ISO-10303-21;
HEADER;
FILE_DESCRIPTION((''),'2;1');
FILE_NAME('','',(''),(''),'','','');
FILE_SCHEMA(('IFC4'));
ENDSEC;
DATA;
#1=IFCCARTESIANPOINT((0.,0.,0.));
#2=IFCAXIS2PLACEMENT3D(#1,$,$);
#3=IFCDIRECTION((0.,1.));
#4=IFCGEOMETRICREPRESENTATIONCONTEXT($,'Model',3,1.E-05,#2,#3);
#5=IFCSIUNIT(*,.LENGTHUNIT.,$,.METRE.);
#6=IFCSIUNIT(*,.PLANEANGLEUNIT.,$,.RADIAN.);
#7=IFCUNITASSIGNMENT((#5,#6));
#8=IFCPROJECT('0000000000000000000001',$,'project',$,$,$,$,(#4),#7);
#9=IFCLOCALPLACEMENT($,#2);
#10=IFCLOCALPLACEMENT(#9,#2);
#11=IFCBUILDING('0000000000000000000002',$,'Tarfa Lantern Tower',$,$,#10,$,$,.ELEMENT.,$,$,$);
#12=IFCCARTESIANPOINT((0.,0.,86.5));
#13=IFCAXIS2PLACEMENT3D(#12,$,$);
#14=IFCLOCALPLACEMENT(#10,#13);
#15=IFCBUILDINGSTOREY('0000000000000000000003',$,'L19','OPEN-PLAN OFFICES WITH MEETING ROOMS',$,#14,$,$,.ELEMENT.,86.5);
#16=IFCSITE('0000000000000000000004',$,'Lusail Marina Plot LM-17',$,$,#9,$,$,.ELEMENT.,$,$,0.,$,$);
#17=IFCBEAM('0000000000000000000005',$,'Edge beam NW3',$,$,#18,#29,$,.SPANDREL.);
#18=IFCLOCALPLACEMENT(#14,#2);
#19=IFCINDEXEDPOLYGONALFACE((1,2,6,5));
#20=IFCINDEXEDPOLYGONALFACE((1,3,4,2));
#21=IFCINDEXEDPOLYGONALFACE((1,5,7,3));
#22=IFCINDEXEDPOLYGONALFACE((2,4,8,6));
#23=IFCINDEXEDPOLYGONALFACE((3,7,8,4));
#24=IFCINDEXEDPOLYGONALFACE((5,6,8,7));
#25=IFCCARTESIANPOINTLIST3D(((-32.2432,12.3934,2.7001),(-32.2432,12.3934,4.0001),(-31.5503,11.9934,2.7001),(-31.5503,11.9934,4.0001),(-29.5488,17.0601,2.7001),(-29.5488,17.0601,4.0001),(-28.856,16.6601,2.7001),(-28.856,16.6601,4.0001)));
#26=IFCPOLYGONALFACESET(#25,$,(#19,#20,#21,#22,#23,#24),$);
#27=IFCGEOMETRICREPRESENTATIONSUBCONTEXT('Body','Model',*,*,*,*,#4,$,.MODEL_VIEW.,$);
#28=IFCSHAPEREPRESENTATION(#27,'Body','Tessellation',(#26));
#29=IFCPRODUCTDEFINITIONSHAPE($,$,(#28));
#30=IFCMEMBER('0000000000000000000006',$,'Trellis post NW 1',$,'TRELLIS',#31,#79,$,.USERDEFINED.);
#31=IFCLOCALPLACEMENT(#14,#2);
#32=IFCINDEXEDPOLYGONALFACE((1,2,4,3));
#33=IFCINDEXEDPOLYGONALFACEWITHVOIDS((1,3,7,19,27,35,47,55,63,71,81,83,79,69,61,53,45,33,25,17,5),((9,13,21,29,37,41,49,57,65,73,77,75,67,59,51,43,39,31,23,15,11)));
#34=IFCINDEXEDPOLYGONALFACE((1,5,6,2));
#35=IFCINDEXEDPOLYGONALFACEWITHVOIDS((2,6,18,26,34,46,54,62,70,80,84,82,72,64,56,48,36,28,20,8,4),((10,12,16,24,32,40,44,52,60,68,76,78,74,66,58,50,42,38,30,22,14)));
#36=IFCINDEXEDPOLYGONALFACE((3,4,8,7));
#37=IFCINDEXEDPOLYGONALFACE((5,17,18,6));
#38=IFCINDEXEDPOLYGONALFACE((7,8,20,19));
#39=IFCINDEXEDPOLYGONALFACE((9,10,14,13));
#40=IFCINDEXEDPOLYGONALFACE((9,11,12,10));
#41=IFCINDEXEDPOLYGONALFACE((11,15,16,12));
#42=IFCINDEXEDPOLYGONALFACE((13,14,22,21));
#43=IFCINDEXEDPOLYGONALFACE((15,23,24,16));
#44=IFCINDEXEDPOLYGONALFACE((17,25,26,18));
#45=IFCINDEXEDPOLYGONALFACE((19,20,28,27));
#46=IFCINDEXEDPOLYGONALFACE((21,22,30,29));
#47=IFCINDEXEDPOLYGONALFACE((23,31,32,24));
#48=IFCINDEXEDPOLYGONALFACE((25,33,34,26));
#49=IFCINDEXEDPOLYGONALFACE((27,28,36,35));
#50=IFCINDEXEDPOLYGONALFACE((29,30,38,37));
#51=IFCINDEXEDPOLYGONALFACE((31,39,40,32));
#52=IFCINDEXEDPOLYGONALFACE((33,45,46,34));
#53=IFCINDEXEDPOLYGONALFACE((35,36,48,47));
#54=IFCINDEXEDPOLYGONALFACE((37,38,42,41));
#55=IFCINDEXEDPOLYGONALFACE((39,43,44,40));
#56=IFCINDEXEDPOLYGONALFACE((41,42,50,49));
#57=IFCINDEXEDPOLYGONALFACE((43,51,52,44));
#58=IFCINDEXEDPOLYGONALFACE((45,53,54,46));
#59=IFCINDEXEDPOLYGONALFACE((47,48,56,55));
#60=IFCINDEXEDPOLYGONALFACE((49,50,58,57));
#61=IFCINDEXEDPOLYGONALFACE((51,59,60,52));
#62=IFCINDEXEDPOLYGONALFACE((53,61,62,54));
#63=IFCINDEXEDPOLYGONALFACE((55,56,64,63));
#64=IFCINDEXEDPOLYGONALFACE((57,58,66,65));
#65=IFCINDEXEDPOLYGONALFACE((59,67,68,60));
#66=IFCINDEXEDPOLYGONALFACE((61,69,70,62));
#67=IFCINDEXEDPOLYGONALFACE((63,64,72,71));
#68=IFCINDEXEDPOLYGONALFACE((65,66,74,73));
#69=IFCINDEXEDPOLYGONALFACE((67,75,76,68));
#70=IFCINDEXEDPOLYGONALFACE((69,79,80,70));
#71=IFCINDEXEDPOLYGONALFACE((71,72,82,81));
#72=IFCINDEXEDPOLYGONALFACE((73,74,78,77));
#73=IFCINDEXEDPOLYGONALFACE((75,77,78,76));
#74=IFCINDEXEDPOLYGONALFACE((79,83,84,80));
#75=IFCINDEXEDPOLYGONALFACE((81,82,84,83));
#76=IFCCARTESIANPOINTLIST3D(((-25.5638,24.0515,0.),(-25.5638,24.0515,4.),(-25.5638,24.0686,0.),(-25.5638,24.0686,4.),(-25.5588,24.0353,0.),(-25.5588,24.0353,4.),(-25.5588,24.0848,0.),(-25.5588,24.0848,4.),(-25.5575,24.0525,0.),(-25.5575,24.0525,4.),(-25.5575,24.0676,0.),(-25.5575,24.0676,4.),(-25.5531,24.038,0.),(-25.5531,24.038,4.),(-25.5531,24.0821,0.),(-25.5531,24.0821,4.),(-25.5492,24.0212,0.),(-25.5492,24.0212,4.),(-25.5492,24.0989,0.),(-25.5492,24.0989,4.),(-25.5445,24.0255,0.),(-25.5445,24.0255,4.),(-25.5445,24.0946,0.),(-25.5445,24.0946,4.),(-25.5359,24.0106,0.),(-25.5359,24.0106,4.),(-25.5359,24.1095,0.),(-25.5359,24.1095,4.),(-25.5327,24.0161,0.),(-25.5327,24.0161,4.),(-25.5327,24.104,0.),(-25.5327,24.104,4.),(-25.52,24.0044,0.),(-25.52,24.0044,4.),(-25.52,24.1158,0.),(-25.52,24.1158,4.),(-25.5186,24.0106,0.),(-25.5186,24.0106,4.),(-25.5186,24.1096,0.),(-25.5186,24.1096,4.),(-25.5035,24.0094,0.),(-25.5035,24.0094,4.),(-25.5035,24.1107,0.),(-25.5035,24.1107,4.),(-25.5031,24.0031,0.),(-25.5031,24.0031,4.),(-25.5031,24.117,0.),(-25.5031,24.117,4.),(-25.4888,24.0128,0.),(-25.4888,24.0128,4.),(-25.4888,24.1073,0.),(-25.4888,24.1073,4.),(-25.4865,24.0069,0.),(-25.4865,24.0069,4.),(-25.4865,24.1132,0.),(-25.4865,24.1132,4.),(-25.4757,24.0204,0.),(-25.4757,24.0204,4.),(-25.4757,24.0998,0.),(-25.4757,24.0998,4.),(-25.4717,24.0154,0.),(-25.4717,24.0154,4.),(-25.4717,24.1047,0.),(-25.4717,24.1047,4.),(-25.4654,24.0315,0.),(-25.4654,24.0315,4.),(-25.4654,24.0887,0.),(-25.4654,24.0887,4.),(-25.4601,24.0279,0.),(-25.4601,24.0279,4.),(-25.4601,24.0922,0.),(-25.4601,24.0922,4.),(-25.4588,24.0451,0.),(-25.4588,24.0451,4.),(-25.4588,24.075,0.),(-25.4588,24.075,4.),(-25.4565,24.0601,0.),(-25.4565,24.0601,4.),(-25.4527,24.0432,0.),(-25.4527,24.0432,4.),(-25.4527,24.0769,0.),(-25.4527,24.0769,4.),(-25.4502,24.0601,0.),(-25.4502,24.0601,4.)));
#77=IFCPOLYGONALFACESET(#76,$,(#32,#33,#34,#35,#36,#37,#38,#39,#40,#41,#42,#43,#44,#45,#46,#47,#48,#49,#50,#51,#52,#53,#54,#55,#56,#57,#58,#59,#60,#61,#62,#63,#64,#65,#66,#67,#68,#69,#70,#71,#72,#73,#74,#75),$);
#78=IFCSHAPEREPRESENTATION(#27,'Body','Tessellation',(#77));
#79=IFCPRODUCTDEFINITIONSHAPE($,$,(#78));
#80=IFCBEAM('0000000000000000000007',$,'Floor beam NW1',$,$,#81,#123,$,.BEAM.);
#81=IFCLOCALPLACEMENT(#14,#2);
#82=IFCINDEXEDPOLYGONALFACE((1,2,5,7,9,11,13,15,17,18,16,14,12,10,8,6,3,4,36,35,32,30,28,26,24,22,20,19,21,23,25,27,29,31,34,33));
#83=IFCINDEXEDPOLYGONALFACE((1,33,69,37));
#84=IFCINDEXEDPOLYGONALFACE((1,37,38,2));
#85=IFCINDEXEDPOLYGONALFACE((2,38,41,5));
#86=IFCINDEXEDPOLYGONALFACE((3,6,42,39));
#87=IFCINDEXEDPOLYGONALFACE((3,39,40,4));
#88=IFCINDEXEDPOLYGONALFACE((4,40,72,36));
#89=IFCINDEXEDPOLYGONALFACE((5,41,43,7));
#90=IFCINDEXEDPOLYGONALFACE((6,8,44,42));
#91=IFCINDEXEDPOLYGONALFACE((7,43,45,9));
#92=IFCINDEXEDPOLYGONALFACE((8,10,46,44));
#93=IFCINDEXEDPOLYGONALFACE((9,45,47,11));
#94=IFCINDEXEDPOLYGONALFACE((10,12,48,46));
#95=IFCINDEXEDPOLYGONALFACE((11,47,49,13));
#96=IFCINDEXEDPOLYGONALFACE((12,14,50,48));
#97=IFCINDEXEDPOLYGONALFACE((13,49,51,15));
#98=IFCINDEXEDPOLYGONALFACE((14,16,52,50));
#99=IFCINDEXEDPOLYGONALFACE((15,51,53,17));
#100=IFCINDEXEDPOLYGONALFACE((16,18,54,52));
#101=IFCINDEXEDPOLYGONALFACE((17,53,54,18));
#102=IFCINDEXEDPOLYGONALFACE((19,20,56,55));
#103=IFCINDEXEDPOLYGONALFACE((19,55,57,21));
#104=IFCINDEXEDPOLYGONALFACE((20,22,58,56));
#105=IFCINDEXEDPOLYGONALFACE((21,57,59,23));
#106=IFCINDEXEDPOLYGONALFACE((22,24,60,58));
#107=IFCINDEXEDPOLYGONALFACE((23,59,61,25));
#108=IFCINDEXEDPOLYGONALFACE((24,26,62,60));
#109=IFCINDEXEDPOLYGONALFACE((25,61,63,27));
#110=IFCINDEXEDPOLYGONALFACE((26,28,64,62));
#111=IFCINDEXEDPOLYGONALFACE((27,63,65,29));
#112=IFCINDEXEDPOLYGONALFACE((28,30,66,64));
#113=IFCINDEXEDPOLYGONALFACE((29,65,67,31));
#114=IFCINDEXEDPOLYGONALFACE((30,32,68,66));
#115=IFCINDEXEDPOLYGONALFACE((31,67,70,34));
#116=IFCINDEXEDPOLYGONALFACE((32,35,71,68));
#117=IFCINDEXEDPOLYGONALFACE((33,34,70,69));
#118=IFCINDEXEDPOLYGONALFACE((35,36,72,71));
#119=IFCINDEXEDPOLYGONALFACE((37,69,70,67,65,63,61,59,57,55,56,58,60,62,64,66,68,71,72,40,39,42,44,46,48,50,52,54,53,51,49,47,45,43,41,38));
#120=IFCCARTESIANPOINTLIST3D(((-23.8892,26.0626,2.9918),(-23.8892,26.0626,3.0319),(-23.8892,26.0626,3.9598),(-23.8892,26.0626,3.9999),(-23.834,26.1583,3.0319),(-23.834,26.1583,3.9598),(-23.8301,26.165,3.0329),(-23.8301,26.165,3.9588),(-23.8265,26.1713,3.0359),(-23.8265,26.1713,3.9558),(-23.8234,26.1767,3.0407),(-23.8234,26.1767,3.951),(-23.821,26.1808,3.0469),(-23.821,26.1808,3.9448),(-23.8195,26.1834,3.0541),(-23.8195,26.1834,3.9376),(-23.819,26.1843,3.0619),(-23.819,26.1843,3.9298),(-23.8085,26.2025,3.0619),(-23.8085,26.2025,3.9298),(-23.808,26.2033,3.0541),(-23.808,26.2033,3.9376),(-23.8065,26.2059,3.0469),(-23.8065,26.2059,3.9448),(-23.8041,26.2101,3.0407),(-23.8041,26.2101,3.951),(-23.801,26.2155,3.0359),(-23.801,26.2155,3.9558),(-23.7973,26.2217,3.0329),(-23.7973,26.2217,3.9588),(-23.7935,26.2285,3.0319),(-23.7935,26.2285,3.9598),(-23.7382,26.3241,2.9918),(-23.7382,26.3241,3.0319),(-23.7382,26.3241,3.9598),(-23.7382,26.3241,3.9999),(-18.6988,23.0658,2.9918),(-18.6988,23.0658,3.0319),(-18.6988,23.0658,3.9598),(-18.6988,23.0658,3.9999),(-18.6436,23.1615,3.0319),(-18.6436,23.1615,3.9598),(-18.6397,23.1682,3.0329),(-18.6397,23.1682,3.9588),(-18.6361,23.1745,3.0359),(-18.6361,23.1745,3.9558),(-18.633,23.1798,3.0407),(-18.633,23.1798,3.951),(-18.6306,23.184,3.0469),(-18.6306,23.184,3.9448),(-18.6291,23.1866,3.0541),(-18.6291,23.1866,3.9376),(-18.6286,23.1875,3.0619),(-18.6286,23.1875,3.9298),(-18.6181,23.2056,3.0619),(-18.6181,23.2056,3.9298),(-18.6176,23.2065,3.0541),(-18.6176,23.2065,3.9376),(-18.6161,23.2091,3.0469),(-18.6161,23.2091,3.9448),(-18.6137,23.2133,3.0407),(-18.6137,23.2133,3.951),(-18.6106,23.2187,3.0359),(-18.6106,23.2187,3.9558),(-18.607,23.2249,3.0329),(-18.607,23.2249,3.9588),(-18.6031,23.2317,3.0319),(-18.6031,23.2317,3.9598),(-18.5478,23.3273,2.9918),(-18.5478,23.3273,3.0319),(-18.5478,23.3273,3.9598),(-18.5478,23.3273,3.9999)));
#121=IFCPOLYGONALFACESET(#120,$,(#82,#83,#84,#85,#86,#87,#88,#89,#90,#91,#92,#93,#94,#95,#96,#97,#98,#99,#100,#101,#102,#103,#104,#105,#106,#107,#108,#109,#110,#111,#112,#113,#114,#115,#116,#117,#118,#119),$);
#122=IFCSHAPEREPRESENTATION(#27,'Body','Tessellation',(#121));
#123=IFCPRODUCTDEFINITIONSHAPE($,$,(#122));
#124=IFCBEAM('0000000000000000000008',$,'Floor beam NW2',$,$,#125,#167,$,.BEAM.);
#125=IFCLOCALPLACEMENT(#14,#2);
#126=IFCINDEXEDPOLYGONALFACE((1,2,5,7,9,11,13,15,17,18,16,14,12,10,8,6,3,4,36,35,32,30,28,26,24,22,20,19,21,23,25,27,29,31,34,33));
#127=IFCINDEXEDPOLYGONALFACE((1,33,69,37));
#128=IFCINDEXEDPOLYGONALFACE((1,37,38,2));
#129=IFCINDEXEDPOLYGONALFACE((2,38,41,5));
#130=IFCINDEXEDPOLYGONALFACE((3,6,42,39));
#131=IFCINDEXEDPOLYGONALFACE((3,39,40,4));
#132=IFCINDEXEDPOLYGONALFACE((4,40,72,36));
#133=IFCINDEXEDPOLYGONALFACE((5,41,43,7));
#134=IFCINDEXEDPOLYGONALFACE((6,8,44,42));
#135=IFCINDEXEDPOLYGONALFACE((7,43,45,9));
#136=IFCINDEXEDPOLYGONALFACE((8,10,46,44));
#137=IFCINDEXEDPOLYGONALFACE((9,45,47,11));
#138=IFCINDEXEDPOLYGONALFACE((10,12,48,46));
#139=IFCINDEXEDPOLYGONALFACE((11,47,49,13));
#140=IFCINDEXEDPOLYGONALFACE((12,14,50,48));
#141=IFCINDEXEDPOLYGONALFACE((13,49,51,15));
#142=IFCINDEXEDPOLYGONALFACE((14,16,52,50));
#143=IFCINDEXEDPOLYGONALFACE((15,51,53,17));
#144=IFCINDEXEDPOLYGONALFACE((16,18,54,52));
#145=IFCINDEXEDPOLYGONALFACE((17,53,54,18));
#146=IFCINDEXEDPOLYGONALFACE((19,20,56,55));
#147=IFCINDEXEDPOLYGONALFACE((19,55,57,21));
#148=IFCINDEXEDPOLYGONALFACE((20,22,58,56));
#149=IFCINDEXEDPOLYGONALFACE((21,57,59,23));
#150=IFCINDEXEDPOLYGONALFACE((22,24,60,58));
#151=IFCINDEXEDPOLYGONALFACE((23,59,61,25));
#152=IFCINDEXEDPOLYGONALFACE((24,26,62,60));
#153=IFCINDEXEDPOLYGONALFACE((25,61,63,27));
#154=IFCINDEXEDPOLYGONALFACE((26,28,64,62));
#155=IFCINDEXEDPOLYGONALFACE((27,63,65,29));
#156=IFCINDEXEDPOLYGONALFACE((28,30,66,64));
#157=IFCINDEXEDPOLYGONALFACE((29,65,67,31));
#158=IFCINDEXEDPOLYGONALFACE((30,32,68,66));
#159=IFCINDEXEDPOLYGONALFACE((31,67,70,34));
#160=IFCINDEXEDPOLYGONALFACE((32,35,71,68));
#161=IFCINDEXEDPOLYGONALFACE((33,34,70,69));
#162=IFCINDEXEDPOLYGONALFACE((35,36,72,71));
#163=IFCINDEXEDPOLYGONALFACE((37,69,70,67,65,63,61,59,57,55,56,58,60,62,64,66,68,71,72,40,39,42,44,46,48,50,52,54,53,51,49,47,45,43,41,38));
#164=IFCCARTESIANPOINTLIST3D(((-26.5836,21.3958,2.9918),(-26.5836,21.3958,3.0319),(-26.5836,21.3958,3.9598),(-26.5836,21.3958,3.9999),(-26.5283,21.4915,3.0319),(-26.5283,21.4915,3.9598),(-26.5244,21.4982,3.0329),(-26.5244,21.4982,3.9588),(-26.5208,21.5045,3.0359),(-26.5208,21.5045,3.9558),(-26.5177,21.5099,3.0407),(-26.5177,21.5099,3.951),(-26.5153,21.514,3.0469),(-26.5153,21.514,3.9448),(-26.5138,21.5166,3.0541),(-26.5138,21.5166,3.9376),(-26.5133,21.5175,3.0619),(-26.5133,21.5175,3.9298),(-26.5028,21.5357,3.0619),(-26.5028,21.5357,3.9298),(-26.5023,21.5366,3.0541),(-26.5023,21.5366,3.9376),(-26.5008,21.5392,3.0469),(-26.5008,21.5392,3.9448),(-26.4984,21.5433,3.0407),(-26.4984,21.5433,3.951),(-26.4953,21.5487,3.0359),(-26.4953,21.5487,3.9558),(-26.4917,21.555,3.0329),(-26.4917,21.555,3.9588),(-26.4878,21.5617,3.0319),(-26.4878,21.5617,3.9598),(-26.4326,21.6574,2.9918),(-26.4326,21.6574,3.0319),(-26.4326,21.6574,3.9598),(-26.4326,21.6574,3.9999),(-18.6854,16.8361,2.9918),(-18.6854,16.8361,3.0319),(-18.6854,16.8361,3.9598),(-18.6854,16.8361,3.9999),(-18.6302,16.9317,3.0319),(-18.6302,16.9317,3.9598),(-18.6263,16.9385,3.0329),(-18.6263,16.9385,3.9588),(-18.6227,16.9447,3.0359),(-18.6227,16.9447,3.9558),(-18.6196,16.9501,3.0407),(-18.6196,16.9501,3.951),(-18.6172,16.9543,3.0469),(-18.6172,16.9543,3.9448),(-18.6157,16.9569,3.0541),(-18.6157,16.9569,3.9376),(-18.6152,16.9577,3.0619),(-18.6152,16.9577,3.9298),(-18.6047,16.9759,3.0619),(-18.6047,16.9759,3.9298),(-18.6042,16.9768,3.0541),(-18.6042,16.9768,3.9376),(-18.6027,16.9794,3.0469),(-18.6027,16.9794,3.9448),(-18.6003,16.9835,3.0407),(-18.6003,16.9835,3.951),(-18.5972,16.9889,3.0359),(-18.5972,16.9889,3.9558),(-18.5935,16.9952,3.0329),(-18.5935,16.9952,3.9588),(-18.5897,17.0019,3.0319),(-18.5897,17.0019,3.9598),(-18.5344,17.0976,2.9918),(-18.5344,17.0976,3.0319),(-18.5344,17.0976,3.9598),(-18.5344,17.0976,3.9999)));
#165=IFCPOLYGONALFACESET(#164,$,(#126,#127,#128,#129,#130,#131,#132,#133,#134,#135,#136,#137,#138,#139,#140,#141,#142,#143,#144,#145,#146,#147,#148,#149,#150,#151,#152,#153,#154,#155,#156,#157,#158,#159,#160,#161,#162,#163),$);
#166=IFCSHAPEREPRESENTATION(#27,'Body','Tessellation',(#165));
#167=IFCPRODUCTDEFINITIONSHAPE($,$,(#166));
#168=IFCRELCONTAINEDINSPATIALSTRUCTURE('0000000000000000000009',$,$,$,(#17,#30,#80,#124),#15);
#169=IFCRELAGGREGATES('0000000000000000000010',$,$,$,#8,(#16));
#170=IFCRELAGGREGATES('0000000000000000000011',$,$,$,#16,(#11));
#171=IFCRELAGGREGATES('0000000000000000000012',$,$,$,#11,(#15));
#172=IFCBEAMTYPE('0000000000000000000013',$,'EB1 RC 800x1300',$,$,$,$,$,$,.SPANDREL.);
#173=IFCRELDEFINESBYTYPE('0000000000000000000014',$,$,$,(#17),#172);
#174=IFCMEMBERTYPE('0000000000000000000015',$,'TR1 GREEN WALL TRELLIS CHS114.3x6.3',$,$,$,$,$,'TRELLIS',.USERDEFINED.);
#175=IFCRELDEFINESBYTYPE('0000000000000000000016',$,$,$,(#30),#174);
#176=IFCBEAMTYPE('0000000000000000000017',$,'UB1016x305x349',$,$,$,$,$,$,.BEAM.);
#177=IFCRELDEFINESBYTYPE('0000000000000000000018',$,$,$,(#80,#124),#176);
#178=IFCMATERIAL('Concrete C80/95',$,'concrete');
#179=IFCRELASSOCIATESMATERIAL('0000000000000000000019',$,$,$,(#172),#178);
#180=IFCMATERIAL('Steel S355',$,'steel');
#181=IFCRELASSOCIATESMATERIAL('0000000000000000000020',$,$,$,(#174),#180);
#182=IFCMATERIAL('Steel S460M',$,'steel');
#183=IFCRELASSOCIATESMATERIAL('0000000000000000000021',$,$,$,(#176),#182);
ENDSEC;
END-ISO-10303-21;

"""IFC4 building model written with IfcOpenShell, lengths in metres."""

from ifc_helpers import new_model, si_unit, direction, frame, origin, origin_2d, place, context, subcontext, project, spatial, rectangle, hollow_circle, i_section, extrude, material, material_profile, profile_set, type_object, element, save


model = new_model("IFC4")

# Units and contexts
model_context = context("Model", 3, precision=1e-05, world=origin(), true_north=direction((0.0, 1.0)))
body_context = subcontext(model_context, "Body", "Model", "MODEL_VIEW")
ifc_project = project(units=[si_unit("LENGTHUNIT", "METRE"), si_unit("PLANEANGLEUNIT", "RADIAN")], contexts=[model_context])

# Site, building, storey
site_placement = place(None, origin())
site = spatial("IfcSite", under=ifc_project, at=site_placement, Name="Lusail Marina Plot LM-17", CompositionType="ELEMENT", RefElevation=0.0)
building_placement = place(site_placement, origin())
building = spatial("IfcBuilding", under=site, at=building_placement, Name="Tarfa Lantern Tower", CompositionType="ELEMENT")
storey_placement = place(building_placement, frame((0.0, 0.0, 86.5)))
storey = spatial("IfcBuildingStorey", under=building, at=storey_placement, Name="L19", Description="OPEN-PLAN OFFICES WITH MEETING ROOMS", CompositionType="ELEMENT", Elevation=86.5)

# Shared definitions
ifc_material_1 = material(Name="Concrete C80/95", Category="concrete")

# Beam
ifc_material_profile_1 = material_profile(ifc_material_1, rectangle(XDim=0.8, YDim=1.3, at=origin_2d()), Name="RC 800x1300")
ifc_profile_set_1 = profile_set([ifc_material_profile_1], Name="Concrete C80/95")
beam_type_1 = type_object("IfcBeamType", Name="EB1 RC 800x1300", PredefinedType="SPANDREL", material=ifc_profile_set_1)
beam_1_placement = place(storey_placement, frame((-29.2024, 16.8601, 3.3501), z_axis=(-0.499998, -0.866026, 0.0), x_axis=(0.866026, -0.499998, 0.0)))
element("IfcBeam", 1, at=beam_1_placement, inside=storey, type_object=beam_type_1, Name="Edge beam NW3", PredefinedType="SPANDREL", context=body_context, shape_type="SweptSolid", body=[
    extrude(rectangle(XDim=0.8, YDim=1.3, at=origin_2d()), origin(), (0.0, 0.0, 1.0), 5.3887),
])

# Member
ifc_material_2 = material(Name="Steel S355", Category="steel")
ifc_material_profile_2 = material_profile(ifc_material_2, hollow_circle(Radius=0.0571, WallThickness=0.0063, at=origin_2d()), Name="CHS114.3x6.3")
ifc_profile_set_2 = profile_set([ifc_material_profile_2], Name="Steel S355")
member_type_1 = type_object("IfcMemberType", Name="TR1 GREEN WALL TRELLIS CHS114.3x6.3", ElementType="TRELLIS", PredefinedType="USERDEFINED", material=ifc_profile_set_2)
member_1_placement = place(storey_placement, frame((-25.5073, 24.0601, 0.0), z_axis=(0.0, 0.0, 1.0), x_axis=(1.0, 0.0, 0.0)))
element("IfcMember", 2, at=member_1_placement, inside=storey, type_object=member_type_1, Name="Trellis post NW 1", ObjectType="TRELLIS", PredefinedType="USERDEFINED", context=body_context, shape_type="SweptSolid", body=[
    extrude(hollow_circle(Radius=0.0571, WallThickness=0.0063, at=origin_2d()), origin(), (0.0, 0.0, 1.0), 4.0),
])

# Beams
ifc_material_3 = material(Name="Steel S460M", Category="steel")
ifc_material_profile_3 = material_profile(ifc_material_3, i_section(OverallWidth=0.302, OverallDepth=1.0081, WebThickness=0.021, FlangeThickness=0.04, FilletRadius=0.03, at=origin_2d()), Name="UB1016x305x349")
ifc_profile_set_3 = profile_set([ifc_material_profile_3], Name="Steel S460M")
beam_type_2 = type_object("IfcBeamType", Name="UB1016x305x349", PredefinedType="BEAM", material=ifc_profile_set_3)
beam_2_placement = place(storey_placement, frame((-23.8137, 26.1934, 3.4958), z_axis=(0.866016, -0.500016, 0.0), x_axis=(0.500016, 0.866016, 0.0)))
element("IfcBeam", 3, at=beam_2_placement, inside=storey, type_object=beam_type_2, Name="Floor beam NW1", PredefinedType="BEAM", context=body_context, shape_type="SweptSolid", body=[
    extrude(i_section(OverallWidth=0.302, OverallDepth=1.0081, WebThickness=0.021, FlangeThickness=0.04, FilletRadius=0.03, at=origin_2d()), origin(), (0.0, 0.0, 1.0), 5.9934),
])
beam_3_placement = place(storey_placement, frame((-26.5081, 21.5266, 3.4958), z_axis=(0.866035, -0.499983, 0.0), x_axis=(0.499983, 0.866035, 0.0)))
element("IfcBeam", 4, at=beam_3_placement, inside=storey, type_object=beam_type_2, Name="Floor beam NW2", PredefinedType="BEAM", context=body_context, shape_type="SweptSolid", body=[
    extrude(i_section(OverallWidth=0.302, OverallDepth=1.0081, WebThickness=0.021, FlangeThickness=0.04, FilletRadius=0.03, at=origin_2d()), origin(), (0.0, 0.0, 1.0), 9.1199),
])

save(model, "model.ifc")
